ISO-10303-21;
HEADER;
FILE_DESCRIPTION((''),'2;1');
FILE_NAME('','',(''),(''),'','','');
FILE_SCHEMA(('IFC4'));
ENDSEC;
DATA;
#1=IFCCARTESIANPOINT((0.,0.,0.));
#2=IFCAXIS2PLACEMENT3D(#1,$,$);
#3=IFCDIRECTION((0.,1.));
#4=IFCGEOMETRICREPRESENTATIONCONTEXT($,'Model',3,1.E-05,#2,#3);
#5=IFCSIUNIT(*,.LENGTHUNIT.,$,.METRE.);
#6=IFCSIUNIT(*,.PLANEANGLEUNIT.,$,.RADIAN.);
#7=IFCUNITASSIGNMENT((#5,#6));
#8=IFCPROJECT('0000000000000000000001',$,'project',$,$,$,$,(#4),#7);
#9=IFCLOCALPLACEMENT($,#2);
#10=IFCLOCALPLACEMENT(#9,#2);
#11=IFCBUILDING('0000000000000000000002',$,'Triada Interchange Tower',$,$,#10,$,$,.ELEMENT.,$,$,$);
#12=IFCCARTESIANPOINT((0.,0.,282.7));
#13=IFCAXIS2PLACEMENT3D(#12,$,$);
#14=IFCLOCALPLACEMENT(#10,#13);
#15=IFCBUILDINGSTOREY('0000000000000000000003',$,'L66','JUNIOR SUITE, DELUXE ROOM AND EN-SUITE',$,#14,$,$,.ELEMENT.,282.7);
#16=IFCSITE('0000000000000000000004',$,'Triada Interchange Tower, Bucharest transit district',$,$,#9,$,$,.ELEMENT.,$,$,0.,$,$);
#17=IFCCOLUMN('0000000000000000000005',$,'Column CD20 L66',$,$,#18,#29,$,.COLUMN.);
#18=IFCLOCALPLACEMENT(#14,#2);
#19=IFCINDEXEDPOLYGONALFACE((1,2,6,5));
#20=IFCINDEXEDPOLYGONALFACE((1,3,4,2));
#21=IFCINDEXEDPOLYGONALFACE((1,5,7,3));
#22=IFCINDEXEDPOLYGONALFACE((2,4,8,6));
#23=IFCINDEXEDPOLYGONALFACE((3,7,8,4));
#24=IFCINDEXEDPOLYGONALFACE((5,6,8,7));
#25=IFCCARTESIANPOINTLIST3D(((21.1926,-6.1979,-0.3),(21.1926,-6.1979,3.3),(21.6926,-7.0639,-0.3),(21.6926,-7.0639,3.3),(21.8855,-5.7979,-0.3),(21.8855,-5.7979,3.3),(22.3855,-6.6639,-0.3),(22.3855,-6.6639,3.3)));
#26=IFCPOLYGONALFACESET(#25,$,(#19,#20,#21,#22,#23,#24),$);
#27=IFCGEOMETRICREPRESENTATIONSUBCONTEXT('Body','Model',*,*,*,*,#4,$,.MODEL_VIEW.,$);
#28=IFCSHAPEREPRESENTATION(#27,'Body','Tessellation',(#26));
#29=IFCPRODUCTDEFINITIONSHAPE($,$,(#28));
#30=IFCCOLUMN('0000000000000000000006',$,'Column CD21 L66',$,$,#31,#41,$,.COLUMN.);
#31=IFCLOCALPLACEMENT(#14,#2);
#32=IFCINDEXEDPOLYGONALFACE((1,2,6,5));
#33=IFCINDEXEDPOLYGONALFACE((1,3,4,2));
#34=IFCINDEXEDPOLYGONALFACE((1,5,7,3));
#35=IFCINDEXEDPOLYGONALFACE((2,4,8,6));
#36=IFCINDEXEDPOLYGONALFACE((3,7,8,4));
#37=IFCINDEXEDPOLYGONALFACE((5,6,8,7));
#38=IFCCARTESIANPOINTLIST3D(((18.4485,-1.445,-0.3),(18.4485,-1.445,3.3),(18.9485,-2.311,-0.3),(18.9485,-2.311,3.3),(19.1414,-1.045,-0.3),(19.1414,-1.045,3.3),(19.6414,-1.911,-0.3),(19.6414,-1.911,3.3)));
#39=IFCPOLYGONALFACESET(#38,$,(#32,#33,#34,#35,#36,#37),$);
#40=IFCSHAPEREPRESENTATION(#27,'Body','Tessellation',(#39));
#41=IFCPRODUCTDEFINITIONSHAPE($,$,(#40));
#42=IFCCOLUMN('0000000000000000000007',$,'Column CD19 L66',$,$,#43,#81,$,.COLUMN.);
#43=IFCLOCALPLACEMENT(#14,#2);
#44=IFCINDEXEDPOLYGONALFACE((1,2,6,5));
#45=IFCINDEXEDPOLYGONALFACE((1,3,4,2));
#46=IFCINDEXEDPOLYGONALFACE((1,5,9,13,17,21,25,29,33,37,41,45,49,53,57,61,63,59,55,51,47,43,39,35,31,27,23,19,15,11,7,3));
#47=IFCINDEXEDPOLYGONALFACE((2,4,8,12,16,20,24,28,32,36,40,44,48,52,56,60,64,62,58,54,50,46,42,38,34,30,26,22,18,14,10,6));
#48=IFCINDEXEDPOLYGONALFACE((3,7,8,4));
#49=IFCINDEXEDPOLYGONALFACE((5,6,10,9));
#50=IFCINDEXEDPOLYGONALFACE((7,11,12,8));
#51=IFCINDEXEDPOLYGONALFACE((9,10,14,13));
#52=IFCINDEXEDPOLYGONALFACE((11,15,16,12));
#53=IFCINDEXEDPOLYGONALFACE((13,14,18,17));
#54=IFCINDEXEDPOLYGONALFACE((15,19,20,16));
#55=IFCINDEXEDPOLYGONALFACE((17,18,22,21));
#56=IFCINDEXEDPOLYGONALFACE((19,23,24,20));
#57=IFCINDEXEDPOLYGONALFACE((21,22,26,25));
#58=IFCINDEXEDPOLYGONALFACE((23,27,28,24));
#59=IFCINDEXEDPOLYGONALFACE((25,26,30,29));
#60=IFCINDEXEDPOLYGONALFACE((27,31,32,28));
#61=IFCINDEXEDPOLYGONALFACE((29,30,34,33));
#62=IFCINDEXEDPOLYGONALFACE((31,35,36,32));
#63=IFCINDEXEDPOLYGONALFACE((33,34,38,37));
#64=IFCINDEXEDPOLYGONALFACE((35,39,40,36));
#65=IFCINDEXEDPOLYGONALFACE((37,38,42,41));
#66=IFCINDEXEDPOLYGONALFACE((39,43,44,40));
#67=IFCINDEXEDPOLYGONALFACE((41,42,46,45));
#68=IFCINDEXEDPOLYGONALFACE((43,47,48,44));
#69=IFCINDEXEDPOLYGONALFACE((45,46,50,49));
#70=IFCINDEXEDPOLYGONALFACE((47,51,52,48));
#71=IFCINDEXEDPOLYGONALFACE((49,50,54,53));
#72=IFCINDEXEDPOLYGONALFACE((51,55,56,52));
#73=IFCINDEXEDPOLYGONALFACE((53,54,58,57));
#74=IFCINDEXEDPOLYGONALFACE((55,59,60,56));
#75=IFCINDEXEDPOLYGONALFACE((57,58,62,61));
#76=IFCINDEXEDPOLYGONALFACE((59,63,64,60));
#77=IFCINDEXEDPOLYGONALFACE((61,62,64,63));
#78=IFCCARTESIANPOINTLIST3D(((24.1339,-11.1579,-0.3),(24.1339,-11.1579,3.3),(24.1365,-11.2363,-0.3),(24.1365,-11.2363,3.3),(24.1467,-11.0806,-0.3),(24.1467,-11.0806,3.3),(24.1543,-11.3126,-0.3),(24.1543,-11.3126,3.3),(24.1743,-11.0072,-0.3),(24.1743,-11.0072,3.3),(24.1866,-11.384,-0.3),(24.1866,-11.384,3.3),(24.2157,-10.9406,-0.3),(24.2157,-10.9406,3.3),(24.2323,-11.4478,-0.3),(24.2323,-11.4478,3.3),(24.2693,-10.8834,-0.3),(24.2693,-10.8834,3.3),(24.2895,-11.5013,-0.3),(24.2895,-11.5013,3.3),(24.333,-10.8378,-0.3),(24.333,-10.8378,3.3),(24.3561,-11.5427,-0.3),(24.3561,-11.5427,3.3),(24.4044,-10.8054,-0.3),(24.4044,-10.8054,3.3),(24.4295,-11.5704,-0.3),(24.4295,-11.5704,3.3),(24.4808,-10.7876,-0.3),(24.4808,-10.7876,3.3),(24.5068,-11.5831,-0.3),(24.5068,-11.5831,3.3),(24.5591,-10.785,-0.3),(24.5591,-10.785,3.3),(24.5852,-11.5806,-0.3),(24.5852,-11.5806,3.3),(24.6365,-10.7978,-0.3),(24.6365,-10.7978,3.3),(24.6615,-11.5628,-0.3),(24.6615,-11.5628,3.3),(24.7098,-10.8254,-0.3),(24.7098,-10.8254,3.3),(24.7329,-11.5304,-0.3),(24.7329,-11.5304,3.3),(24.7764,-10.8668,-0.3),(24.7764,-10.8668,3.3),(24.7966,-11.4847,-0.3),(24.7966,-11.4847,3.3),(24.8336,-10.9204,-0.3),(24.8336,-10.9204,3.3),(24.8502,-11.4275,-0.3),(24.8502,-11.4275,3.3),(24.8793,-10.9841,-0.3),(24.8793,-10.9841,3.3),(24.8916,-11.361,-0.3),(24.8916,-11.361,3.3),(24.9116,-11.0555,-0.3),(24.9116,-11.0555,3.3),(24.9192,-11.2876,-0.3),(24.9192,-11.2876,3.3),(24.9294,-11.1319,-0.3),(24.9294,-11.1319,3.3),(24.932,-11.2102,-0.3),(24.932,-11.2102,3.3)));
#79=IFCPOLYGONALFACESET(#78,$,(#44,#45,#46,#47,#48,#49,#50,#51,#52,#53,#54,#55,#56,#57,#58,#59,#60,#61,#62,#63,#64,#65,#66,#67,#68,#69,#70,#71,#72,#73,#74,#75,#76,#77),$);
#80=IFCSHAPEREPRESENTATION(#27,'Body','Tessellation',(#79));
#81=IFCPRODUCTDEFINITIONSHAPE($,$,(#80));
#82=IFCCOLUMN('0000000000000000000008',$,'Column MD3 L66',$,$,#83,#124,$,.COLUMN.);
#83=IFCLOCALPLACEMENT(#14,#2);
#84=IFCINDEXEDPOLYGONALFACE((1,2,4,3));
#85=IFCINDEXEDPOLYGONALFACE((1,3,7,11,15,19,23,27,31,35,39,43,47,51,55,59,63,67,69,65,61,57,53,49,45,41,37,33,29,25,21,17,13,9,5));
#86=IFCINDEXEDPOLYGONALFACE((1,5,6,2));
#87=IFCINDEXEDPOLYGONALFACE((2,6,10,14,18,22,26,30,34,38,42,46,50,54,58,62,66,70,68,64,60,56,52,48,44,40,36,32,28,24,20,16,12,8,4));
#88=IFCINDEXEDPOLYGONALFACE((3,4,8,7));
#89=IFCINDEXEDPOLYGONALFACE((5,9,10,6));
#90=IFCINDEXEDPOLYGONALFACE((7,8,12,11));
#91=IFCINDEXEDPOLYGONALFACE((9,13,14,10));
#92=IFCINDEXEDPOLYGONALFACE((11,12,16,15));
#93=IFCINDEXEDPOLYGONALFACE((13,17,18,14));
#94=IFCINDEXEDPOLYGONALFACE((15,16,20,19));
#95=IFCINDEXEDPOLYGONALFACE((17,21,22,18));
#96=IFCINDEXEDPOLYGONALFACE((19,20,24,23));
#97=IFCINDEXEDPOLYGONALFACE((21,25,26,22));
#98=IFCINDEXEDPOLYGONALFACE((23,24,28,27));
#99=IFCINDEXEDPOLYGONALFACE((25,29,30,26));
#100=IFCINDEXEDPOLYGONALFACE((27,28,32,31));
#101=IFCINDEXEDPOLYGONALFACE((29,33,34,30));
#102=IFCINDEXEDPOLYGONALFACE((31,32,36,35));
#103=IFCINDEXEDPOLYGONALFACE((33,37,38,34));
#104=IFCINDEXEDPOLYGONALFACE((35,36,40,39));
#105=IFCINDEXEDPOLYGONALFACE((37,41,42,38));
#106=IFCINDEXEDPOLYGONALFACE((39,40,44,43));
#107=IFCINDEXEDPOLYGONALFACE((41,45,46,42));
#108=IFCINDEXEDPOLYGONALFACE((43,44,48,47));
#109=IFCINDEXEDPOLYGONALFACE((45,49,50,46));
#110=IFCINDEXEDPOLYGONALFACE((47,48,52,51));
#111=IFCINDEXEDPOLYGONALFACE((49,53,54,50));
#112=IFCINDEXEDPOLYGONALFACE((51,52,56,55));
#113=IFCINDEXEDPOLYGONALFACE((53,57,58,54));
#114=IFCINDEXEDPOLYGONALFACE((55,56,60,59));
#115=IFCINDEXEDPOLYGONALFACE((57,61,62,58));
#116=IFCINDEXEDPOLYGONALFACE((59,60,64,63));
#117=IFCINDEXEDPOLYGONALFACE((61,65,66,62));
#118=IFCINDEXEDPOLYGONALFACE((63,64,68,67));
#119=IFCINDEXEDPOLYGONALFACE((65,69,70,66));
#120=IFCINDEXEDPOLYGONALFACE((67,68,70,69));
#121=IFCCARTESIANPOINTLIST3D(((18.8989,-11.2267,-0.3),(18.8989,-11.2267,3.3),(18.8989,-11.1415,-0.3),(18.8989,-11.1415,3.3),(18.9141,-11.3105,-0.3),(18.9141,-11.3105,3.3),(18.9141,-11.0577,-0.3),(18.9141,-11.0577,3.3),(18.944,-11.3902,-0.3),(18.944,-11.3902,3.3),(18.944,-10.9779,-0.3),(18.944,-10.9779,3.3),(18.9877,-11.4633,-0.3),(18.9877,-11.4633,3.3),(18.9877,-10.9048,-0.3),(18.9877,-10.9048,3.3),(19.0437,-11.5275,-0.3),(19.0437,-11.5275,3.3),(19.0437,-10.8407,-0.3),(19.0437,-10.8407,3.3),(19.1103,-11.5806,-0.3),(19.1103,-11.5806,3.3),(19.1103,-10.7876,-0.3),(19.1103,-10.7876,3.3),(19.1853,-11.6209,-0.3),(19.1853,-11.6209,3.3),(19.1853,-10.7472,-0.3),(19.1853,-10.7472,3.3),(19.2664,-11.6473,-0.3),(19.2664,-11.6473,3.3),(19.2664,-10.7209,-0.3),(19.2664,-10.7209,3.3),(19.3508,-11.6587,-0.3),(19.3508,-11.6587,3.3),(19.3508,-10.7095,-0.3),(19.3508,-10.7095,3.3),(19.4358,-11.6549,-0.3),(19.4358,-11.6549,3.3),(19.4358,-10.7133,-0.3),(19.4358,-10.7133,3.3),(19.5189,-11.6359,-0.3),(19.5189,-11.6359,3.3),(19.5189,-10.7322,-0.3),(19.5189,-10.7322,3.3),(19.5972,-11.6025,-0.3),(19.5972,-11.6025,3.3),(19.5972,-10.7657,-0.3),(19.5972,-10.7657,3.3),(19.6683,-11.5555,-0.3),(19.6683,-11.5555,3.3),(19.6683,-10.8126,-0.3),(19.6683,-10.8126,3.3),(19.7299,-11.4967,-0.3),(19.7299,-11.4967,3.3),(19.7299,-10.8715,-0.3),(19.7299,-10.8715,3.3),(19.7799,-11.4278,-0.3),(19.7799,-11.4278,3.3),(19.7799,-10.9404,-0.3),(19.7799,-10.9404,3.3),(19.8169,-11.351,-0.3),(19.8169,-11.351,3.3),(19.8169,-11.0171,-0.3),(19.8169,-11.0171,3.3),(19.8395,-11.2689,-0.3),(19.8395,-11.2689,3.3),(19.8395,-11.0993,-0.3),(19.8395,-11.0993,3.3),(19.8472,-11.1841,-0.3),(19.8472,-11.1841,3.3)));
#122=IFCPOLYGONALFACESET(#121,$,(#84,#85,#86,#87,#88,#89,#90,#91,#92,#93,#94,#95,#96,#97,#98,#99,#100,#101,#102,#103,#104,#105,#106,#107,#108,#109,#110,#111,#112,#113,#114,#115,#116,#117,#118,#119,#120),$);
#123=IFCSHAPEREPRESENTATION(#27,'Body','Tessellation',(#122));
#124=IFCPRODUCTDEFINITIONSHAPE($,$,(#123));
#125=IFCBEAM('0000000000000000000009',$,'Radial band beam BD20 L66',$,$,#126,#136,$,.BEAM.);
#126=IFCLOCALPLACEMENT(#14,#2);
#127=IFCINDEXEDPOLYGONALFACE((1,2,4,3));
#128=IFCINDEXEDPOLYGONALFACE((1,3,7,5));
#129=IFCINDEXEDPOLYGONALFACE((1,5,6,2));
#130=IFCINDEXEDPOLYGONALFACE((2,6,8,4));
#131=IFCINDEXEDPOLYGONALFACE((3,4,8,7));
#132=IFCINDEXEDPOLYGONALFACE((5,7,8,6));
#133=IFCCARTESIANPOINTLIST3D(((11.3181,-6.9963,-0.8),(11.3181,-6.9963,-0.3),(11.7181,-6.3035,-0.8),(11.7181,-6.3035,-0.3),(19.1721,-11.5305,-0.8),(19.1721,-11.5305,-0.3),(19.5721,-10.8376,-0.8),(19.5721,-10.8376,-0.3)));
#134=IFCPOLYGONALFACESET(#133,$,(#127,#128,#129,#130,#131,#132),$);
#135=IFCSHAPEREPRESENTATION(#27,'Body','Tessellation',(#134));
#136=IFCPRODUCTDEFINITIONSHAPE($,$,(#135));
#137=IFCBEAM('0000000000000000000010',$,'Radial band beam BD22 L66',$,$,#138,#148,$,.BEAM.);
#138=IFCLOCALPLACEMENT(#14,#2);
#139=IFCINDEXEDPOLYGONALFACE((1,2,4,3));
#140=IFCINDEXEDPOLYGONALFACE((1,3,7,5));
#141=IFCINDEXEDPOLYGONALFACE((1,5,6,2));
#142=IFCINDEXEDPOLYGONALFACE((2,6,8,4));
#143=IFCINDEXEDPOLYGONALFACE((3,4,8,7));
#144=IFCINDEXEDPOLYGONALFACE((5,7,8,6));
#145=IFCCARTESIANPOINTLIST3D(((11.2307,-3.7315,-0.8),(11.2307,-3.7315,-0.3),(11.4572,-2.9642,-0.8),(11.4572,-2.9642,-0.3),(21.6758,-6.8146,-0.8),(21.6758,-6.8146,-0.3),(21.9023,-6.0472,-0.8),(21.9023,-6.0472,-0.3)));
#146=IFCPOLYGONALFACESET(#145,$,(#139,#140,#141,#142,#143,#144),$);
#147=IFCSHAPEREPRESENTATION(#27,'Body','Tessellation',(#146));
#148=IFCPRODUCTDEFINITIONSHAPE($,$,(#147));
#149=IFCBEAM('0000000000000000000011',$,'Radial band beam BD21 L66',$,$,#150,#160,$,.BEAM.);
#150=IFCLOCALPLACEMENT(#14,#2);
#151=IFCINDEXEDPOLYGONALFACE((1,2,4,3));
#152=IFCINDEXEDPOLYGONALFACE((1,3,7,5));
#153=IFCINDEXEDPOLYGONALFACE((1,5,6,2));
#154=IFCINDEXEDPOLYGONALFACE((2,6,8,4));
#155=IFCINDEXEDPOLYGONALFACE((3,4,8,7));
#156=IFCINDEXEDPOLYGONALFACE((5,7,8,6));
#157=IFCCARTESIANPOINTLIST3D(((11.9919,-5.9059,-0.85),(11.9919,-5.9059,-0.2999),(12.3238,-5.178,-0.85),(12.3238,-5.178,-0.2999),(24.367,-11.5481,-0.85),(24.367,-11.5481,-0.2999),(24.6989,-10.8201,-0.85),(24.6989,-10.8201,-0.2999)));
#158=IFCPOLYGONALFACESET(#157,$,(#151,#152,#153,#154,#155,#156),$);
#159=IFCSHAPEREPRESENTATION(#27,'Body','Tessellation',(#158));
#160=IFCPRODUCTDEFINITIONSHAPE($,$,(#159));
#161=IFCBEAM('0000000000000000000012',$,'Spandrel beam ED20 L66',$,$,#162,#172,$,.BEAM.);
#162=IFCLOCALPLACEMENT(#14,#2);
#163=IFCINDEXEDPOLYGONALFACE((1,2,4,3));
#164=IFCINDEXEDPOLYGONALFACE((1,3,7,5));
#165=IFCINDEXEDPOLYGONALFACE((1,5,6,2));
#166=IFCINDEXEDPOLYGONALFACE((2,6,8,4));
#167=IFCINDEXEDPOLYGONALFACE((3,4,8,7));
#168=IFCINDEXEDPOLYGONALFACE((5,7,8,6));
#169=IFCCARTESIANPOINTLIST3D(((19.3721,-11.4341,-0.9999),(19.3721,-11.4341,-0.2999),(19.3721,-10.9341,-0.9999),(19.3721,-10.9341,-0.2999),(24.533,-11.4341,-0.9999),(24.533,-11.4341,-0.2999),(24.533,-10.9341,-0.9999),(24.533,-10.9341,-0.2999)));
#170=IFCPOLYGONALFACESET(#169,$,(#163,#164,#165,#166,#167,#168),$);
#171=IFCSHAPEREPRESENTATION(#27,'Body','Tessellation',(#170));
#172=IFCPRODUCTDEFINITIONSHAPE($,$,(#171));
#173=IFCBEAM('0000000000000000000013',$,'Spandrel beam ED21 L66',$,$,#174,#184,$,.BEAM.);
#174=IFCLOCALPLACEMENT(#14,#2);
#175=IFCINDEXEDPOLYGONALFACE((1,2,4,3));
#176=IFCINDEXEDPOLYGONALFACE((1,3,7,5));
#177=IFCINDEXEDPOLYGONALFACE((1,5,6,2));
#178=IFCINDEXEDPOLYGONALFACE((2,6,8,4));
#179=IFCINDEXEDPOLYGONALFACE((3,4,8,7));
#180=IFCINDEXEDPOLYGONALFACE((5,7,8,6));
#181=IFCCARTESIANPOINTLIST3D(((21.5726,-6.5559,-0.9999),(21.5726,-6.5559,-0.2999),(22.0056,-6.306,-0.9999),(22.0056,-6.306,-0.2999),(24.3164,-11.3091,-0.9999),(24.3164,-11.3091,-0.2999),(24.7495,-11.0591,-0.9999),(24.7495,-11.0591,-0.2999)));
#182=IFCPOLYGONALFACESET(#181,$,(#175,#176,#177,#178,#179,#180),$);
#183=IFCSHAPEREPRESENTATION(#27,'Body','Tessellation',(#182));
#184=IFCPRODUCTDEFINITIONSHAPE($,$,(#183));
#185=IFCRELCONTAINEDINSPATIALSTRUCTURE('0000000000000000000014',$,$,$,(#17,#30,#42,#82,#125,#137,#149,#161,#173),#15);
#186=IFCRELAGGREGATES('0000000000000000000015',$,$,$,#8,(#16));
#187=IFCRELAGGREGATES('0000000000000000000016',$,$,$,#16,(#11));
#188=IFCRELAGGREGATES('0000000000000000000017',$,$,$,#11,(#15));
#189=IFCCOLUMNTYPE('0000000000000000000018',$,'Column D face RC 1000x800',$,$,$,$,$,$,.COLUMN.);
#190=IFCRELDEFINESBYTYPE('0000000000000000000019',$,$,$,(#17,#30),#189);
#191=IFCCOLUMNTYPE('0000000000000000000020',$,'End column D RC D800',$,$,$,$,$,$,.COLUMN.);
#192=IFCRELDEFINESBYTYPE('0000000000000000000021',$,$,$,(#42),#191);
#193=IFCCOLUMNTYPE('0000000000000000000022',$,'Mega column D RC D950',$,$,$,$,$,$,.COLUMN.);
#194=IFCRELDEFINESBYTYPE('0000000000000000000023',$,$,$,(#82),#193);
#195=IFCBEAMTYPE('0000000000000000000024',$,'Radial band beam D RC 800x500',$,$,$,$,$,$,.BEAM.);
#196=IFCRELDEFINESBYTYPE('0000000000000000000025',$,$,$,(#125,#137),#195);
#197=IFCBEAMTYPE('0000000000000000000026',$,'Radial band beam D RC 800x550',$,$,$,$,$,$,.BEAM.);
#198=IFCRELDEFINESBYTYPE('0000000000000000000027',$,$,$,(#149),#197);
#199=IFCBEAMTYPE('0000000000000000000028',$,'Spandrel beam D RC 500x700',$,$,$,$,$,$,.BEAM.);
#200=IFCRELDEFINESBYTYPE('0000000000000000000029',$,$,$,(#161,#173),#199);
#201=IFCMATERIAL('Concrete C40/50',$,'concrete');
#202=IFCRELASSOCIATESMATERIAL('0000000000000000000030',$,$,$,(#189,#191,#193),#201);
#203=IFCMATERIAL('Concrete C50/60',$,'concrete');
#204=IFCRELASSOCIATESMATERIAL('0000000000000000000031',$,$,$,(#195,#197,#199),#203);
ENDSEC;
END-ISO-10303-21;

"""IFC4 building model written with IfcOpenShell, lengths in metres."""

from ifc_helpers import new_model, si_unit, direction, frame, origin, origin_2d, place, context, subcontext, project, spatial, rectangle, circle, extrude, material, material_profile, profile_set, type_object, element, save


model = new_model("IFC4")

# Units and contexts
model_context = context("Model", 3, precision=1e-05, world=origin(), true_north=direction((0.0, 1.0)))
body_context = subcontext(model_context, "Body", "Model", "MODEL_VIEW")
ifc_project = project(units=[si_unit("LENGTHUNIT", "METRE"), si_unit("PLANEANGLEUNIT", "RADIAN")], contexts=[model_context])

# Site, building, storey
site_placement = place(None, origin())
site = spatial("IfcSite", under=ifc_project, at=site_placement, Name="Triada Interchange Tower, Bucharest transit district", CompositionType="ELEMENT", RefElevation=0.0)
building_placement = place(site_placement, origin())
building = spatial("IfcBuilding", under=site, at=building_placement, Name="Triada Interchange Tower", CompositionType="ELEMENT")
storey_placement = place(building_placement, frame((0.0, 0.0, 282.7)))
storey = spatial("IfcBuildingStorey", under=building, at=storey_placement, Name="L66", Description="JUNIOR SUITE, DELUXE ROOM AND EN-SUITE", CompositionType="ELEMENT", Elevation=282.7)

# Columns
ifc_material_1 = material(Name="Concrete C40/50", Category="concrete")
ifc_material_profile_1 = material_profile(ifc_material_1, rectangle(XDim=1.0, YDim=0.8, at=origin_2d()), Name="RC 1000x800")
ifc_profile_set_1 = profile_set([ifc_material_profile_1], Name="Concrete C40/50")
column_type_1 = type_object("IfcColumnType", Name="Column D face RC 1000x800", PredefinedType="COLUMN", material=ifc_profile_set_1)
for number, where, z_axis, x_axis, name in (
    (1, (21.7891, -6.4309, -0.3), (0.0, 0.0, 1.0), (-0.5, 0.866025, 0.0), "Column CD20 L66"),
    (2, (19.0449, -1.678, -0.3), (0.0, 0.0, 1.0), (-0.5, 0.866025, 0.0), "Column CD21 L66"),
):
    element("IfcColumn", number, at=place(storey_placement, frame(where, z_axis=z_axis, x_axis=x_axis)), inside=storey, type_object=column_type_1, Name=name, PredefinedType="COLUMN", context=body_context, shape_type="SweptSolid", body=[
        extrude(rectangle(XDim=1.0, YDim=0.8, at=origin_2d()), origin(), (0.0, 0.0, 1.0), 3.6001),
    ])
ifc_material_profile_2 = material_profile(ifc_material_1, circle(Radius=0.3999, at=origin_2d()), Name="RC D800")
ifc_profile_set_2 = profile_set([ifc_material_profile_2], Name="Concrete C40/50")
column_type_2 = type_object("IfcColumnType", Name="End column D RC D800", PredefinedType="COLUMN", material=ifc_profile_set_2)
column_1_placement = place(storey_placement, frame((24.533, -11.1841, -0.3), z_axis=(0.0, 0.0, 1.0), x_axis=(-0.5, 0.866025, 0.0)))
element("IfcColumn", 3, at=column_1_placement, inside=storey, type_object=column_type_2, Name="Column CD19 L66", PredefinedType="COLUMN", context=body_context, shape_type="SweptSolid", body=[
    extrude(circle(Radius=0.3999, at=origin_2d()), origin(), (0.0, 0.0, 1.0), 3.6001),
])
ifc_material_profile_3 = material_profile(ifc_material_1, circle(Radius=0.4751, at=origin_2d()), Name="RC D950")
ifc_profile_set_3 = profile_set([ifc_material_profile_3], Name="Concrete C40/50")
column_type_3 = type_object("IfcColumnType", Name="Mega column D RC D950", PredefinedType="COLUMN", material=ifc_profile_set_3)
column_2_placement = place(storey_placement, frame((19.3721, -11.1841, -0.3), z_axis=(0.0, 0.0, 1.0), x_axis=(1.0, 0.0, 0.0)))
element("IfcColumn", 4, at=column_2_placement, inside=storey, type_object=column_type_3, Name="Column MD3 L66", PredefinedType="COLUMN", context=body_context, shape_type="SweptSolid", body=[
    extrude(circle(Radius=0.4751, at=origin_2d()), origin(), (0.0, 0.0, 1.0), 3.6001),
])

# Beams
ifc_material_2 = material(Name="Concrete C50/60", Category="concrete")
ifc_material_profile_4 = material_profile(ifc_material_2, rectangle(XDim=0.8, YDim=0.5, at=origin_2d()), Name="RC 800x500")
ifc_profile_set_4 = profile_set([ifc_material_profile_4], Name="Concrete C50/60")
beam_type_1 = type_object("IfcBeamType", Name="Radial band beam D RC 800x500", PredefinedType="BEAM", material=ifc_profile_set_4)
beam_1_placement = place(storey_placement, frame((19.3721, -11.1841, -0.55), z_axis=(-0.866041, 0.499973, 0.0), x_axis=(-0.499973, -0.866041, 0.0)))
element("IfcBeam", 5, at=beam_1_placement, inside=storey, type_object=beam_type_1, Name="Radial band beam BD20 L66", PredefinedType="BEAM", context=body_context, shape_type="SweptSolid", body=[
    extrude(rectangle(XDim=0.8, YDim=0.5, at=origin_2d()), origin(), (0.0, 0.0, 1.0), 9.0688),
])
beam_2_placement = place(storey_placement, frame((21.7891, -6.4309, -0.55), z_axis=(-0.959093, 0.28309, 0.0), x_axis=(-0.28309, -0.959093, 0.0)))
element("IfcBeam", 6, at=beam_2_placement, inside=storey, type_object=beam_type_1, Name="Radial band beam BD22 L66", PredefinedType="BEAM", context=body_context, shape_type="SweptSolid", body=[
    extrude(rectangle(XDim=0.8, YDim=0.5, at=origin_2d()), origin(), (0.0, 0.0, 1.0), 10.8906),
])
ifc_material_profile_5 = material_profile(ifc_material_2, rectangle(XDim=0.8, YDim=0.55, at=origin_2d()), Name="RC 800x550")
ifc_profile_set_5 = profile_set([ifc_material_profile_5], Name="Concrete C50/60")
beam_type_2 = type_object("IfcBeamType", Name="Radial band beam D RC 800x550", PredefinedType="BEAM", material=ifc_profile_set_5)
beam_3_placement = place(storey_placement, frame((24.533, -11.1841, -0.575), z_axis=(-0.909893, 0.414844, 0.0), x_axis=(-0.414844, -0.909893, 0.0)))
element("IfcBeam", 7, at=beam_3_placement, inside=storey, type_object=beam_type_2, Name="Radial band beam BD21 L66", PredefinedType="BEAM", context=body_context, shape_type="SweptSolid", body=[
    extrude(rectangle(XDim=0.8, YDim=0.55, at=origin_2d()), origin(), (0.0, 0.0, 1.0), 13.6006),
])
ifc_material_profile_6 = material_profile(ifc_material_2, rectangle(XDim=0.5, YDim=0.7, at=origin_2d()), Name="RC 500x700")
ifc_profile_set_6 = profile_set([ifc_material_profile_6], Name="Concrete C50/60")
beam_type_3 = type_object("IfcBeamType", Name="Spandrel beam D RC 500x700", PredefinedType="BEAM", material=ifc_profile_set_6)
beam_4_placement = place(storey_placement, frame((19.3721, -11.1841, -0.6499), z_axis=(1.0, 0.0, 0.0), x_axis=(0.0, 1.0, 0.0)))
element("IfcBeam", 8, at=beam_4_placement, inside=storey, type_object=beam_type_3, Name="Spandrel beam ED20 L66", PredefinedType="BEAM", context=body_context, shape_type="SweptSolid", body=[
    extrude(rectangle(XDim=0.5, YDim=0.7, at=origin_2d()), origin(), (0.0, 0.0, 1.0), 5.1609),
])
for number, where, z_axis, x_axis, name in (
    (9, (24.533, -11.1841, -0.6499), (-0.499952, 0.866053, 0.0), (-0.866053, -0.499952, 0.0), "Spandrel beam ED21 L66"),
):
    element("IfcBeam", number, at=place(storey_placement, frame(where, z_axis=z_axis, x_axis=x_axis)), inside=storey, type_object=beam_type_3, Name=name, PredefinedType="BEAM", context=body_context, shape_type="SweptSolid", body=[
        extrude(rectangle(XDim=0.5, YDim=0.7, at=origin_2d()), origin(), (0.0, 0.0, 1.0), 5.4883),
    ])

save(model, "model.ifc")
